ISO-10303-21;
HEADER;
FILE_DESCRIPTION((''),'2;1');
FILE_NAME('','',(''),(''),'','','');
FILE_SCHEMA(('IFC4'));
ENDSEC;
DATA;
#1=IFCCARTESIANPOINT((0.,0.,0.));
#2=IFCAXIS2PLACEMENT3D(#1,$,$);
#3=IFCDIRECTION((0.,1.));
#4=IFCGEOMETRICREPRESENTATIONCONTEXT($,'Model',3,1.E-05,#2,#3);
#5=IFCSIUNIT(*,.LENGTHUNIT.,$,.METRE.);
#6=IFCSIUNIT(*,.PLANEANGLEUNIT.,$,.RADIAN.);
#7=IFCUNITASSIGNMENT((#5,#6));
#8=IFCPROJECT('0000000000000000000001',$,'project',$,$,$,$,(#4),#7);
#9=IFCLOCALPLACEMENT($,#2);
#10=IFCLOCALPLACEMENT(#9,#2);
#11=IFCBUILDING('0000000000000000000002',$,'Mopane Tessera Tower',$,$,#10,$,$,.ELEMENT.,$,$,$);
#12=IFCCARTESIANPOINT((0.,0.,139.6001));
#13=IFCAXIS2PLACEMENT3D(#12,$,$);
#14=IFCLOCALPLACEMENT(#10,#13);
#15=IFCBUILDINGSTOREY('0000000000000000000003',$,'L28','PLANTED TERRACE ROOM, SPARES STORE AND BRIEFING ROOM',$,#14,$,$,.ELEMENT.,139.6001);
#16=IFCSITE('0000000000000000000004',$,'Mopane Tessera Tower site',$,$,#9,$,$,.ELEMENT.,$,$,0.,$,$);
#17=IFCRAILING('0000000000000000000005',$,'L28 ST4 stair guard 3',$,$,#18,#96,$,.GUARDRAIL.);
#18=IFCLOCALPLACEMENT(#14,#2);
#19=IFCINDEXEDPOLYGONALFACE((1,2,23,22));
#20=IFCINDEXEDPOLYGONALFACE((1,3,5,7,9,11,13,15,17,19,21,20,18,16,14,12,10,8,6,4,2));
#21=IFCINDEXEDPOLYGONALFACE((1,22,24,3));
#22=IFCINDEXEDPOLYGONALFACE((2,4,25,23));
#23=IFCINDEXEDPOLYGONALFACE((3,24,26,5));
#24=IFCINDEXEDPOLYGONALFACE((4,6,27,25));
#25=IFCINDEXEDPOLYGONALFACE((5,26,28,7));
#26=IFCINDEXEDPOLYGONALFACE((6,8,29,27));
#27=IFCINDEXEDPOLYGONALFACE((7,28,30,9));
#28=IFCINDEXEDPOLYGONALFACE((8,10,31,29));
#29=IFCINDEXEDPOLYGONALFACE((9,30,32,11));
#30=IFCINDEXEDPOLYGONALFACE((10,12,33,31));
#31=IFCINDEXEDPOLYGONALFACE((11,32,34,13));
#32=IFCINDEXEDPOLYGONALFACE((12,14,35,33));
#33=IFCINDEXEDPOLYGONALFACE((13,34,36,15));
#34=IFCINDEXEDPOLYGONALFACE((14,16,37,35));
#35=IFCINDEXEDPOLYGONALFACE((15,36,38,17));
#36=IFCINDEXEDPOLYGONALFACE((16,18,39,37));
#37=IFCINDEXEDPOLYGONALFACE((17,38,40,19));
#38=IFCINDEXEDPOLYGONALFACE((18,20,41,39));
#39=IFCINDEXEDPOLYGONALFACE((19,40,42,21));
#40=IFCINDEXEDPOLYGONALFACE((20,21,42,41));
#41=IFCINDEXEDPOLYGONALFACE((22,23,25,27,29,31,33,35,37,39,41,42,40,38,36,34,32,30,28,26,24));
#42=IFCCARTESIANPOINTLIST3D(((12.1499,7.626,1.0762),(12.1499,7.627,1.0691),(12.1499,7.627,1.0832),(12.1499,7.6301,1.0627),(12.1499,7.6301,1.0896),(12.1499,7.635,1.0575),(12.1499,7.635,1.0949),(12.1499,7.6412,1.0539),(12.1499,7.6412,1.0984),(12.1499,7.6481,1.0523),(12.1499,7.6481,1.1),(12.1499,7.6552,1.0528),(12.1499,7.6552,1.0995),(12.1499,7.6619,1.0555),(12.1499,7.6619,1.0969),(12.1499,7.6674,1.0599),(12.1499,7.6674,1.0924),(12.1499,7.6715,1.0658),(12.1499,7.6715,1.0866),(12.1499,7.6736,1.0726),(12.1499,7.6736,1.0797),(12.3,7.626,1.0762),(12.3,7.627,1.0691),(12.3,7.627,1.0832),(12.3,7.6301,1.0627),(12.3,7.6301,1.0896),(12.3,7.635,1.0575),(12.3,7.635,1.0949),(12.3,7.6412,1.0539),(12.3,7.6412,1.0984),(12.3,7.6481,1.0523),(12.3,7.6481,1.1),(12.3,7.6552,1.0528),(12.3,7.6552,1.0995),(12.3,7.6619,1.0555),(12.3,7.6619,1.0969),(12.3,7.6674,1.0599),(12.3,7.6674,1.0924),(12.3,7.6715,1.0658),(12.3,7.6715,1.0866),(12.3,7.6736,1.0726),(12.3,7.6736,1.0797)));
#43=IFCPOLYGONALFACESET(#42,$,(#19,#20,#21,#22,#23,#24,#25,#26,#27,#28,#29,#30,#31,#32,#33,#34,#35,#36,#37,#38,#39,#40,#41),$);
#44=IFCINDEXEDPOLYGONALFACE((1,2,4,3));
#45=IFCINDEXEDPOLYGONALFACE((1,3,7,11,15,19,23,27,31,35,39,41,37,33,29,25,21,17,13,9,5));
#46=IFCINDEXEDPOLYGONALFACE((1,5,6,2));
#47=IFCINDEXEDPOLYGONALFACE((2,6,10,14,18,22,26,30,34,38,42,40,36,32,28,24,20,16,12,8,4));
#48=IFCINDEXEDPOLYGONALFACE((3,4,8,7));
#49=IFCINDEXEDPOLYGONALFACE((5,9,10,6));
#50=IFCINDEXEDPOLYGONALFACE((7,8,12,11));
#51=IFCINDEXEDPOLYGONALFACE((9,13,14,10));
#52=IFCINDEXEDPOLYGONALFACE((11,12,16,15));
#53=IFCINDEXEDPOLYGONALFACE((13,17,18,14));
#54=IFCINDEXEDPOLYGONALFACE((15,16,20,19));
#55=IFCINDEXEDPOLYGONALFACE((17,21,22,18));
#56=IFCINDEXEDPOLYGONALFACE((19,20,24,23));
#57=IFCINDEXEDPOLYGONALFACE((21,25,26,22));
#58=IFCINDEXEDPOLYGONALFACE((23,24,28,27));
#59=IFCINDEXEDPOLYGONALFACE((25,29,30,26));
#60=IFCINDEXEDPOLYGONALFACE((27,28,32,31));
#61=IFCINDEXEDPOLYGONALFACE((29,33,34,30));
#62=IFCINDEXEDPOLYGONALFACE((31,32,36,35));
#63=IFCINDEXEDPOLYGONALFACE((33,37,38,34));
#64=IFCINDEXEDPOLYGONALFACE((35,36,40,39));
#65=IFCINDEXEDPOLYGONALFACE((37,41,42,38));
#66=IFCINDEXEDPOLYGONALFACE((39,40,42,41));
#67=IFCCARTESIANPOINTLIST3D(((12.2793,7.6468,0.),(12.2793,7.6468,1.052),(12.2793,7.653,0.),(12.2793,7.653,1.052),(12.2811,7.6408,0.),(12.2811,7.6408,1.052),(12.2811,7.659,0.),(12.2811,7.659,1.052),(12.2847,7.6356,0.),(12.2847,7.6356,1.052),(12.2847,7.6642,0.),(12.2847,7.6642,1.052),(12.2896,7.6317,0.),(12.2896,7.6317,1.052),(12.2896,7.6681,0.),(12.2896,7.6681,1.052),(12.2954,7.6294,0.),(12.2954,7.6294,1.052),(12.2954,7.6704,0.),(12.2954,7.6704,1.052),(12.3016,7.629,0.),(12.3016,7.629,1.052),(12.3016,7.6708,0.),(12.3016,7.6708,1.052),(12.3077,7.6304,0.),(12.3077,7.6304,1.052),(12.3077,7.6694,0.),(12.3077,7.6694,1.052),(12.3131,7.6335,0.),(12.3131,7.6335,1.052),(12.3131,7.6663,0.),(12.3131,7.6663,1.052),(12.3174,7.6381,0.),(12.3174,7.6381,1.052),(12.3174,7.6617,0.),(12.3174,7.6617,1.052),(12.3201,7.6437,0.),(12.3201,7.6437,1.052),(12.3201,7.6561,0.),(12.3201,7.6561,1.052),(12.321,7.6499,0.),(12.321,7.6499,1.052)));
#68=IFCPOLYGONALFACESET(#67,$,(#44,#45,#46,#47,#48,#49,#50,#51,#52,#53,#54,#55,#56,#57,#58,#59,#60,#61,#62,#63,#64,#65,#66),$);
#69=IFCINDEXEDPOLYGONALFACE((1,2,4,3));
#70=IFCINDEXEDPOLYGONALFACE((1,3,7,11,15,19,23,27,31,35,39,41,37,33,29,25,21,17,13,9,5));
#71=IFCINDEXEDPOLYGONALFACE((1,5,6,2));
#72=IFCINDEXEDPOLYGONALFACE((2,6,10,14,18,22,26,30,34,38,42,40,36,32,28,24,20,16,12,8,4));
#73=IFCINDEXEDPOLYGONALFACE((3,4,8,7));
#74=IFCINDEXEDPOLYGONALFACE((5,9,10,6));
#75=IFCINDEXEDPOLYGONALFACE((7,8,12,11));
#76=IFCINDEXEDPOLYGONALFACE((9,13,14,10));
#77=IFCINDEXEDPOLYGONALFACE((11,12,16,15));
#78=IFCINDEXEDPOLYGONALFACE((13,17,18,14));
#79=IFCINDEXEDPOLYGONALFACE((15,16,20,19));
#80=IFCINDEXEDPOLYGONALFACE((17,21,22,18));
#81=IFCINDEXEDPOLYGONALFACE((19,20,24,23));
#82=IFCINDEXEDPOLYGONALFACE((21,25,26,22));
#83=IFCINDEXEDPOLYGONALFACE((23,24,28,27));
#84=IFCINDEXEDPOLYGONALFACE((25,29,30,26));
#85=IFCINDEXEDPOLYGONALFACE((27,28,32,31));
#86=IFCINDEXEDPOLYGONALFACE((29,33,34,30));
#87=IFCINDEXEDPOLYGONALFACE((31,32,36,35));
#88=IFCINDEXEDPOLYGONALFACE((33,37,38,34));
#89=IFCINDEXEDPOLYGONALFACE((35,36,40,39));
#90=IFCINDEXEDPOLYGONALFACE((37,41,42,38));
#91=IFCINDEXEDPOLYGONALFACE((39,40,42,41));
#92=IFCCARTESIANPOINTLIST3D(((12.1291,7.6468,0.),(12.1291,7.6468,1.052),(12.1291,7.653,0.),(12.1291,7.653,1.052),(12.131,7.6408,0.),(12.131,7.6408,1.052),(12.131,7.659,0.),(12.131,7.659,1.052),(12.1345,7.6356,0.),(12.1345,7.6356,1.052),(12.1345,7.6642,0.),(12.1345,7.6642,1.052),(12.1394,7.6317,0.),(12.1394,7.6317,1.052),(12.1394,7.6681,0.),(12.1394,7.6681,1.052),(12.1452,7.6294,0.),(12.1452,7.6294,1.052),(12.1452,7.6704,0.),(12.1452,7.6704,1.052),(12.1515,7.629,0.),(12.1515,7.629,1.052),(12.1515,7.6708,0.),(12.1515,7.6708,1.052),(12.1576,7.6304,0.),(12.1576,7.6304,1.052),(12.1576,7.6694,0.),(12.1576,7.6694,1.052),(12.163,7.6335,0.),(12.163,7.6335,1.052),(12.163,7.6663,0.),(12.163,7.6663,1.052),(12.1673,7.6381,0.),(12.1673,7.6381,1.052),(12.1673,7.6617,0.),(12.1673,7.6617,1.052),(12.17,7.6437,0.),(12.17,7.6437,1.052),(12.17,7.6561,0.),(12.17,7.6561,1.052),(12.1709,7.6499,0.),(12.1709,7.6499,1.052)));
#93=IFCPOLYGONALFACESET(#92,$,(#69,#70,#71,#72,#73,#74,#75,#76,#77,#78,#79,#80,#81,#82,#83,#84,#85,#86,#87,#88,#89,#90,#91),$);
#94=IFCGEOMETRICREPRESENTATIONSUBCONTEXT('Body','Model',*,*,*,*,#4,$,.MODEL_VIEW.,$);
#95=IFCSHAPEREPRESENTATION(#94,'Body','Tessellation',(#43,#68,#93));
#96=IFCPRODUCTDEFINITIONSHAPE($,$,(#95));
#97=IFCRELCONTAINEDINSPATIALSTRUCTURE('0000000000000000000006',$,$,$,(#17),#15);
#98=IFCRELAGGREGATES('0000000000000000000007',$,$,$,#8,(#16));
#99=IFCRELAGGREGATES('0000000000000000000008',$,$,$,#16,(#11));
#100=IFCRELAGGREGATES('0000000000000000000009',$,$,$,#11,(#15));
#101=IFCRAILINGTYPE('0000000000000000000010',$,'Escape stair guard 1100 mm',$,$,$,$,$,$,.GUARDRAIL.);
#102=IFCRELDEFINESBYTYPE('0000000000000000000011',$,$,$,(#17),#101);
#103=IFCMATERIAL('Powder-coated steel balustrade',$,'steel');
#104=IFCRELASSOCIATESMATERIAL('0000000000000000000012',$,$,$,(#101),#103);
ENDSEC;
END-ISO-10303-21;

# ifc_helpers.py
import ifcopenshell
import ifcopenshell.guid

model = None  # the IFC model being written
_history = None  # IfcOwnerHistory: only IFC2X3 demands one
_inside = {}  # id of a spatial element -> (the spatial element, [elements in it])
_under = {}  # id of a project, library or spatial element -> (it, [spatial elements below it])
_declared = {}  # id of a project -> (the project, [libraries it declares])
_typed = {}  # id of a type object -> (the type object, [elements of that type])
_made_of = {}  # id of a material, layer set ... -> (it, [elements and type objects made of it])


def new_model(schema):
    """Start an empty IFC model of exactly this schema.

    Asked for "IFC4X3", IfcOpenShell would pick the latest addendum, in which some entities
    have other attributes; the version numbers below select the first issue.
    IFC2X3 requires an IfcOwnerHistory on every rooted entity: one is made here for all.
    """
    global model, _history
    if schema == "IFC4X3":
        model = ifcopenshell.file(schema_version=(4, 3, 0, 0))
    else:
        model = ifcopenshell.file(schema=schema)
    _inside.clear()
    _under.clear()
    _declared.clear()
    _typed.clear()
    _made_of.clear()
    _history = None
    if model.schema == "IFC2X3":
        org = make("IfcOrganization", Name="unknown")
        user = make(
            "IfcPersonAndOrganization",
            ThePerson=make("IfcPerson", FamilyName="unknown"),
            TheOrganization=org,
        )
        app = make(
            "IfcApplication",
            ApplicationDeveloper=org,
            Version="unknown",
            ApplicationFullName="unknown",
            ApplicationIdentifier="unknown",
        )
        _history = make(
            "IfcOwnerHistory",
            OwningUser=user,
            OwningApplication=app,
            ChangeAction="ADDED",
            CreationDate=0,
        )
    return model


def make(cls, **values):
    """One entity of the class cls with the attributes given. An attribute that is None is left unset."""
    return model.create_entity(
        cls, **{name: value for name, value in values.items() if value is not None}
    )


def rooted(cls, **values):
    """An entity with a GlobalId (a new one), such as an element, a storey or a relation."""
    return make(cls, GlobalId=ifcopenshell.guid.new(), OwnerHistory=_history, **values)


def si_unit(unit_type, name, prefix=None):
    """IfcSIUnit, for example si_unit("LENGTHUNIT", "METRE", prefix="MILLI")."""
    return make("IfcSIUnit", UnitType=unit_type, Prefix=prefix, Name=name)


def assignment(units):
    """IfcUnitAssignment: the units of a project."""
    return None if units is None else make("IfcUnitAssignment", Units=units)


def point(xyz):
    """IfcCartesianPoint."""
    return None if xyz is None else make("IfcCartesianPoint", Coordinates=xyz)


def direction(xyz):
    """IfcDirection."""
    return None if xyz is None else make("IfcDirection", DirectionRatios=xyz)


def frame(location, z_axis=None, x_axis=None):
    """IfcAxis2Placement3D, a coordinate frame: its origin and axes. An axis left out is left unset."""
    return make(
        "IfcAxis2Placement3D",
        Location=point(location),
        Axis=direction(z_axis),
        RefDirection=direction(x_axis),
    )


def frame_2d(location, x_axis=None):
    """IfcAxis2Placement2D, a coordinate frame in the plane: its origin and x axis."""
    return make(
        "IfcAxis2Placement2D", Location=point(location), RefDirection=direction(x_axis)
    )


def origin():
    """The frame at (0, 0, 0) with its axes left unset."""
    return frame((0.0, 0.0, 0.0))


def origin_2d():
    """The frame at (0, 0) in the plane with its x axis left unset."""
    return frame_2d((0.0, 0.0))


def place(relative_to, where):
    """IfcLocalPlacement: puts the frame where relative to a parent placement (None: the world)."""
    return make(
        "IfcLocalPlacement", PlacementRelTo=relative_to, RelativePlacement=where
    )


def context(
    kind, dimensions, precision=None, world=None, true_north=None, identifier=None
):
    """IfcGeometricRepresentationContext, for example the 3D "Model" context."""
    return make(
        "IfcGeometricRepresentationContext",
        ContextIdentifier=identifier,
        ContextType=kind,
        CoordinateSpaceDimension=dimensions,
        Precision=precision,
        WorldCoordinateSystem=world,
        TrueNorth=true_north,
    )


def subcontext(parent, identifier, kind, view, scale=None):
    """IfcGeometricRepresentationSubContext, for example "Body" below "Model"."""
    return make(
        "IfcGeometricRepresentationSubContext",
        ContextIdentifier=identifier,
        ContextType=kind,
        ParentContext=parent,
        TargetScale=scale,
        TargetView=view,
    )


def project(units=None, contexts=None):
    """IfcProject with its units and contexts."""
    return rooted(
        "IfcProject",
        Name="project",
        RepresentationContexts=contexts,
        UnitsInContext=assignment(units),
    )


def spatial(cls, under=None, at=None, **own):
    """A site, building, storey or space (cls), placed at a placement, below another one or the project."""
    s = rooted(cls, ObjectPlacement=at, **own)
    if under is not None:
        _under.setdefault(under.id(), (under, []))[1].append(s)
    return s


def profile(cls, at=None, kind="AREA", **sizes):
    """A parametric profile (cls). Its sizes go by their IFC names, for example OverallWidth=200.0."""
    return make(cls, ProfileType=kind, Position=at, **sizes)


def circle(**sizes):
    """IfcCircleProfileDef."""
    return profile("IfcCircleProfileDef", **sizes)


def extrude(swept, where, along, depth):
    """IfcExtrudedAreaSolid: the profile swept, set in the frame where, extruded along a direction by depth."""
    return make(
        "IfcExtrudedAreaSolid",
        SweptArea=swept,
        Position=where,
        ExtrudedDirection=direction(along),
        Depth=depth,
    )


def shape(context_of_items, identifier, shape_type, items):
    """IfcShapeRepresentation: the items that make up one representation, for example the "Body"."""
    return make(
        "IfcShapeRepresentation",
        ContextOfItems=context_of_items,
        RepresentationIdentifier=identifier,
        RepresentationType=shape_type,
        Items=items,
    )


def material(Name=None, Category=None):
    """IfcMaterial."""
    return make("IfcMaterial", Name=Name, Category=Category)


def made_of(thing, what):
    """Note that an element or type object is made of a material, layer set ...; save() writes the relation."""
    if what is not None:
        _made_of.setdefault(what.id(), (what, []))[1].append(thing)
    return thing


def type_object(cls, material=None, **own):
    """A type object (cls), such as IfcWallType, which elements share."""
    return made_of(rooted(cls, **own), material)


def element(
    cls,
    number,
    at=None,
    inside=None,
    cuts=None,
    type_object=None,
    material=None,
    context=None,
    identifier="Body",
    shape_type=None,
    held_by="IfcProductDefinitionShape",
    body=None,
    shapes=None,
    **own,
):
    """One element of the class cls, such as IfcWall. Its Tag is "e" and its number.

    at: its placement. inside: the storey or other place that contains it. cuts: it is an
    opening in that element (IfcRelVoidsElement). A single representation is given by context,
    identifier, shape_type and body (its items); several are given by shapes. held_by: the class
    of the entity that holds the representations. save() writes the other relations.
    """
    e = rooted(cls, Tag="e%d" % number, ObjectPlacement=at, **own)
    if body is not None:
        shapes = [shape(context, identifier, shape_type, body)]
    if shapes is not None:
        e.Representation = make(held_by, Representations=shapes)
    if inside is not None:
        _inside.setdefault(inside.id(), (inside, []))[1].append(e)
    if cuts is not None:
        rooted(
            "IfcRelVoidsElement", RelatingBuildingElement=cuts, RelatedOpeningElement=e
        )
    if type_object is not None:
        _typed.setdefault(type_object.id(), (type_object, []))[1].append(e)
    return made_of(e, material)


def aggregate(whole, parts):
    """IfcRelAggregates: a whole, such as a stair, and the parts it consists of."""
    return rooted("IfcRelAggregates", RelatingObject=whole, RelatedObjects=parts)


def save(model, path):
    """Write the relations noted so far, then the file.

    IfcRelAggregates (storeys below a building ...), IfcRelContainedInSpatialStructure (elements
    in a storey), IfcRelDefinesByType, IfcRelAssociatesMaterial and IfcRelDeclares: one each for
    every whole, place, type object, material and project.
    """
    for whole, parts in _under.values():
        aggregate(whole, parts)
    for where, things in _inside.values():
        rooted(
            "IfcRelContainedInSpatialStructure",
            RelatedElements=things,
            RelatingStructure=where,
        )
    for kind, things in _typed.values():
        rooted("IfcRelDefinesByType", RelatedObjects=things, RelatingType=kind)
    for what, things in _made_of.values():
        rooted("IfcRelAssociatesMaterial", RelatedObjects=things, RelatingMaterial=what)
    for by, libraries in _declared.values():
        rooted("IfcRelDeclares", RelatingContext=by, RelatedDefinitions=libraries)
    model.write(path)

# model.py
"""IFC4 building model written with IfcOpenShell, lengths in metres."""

from ifc_helpers import new_model, si_unit, direction, frame, origin, origin_2d, place, context, subcontext, project, spatial, circle, extrude, material, type_object, element, save


model = new_model("IFC4")

# Units and contexts
model_context = context("Model", 3, precision=1e-05, world=origin(), true_north=direction((0.0, 1.0)))
body_context = subcontext(model_context, "Body", "Model", "MODEL_VIEW")
ifc_project = project(units=[si_unit("LENGTHUNIT", "METRE"), si_unit("PLANEANGLEUNIT", "RADIAN")], contexts=[model_context])

# Site, building, storey
site_placement = place(None, origin())
site = spatial("IfcSite", under=ifc_project, at=site_placement, Name="Mopane Tessera Tower site", CompositionType="ELEMENT", RefElevation=0.0)
building_placement = place(site_placement, origin())
building = spatial("IfcBuilding", under=site, at=building_placement, Name="Mopane Tessera Tower", CompositionType="ELEMENT")
storey_placement = place(building_placement, frame((0.0, 0.0, 139.6001)))
storey = spatial("IfcBuildingStorey", under=building, at=storey_placement, Name="L28", Description="PLANTED TERRACE ROOM, SPARES STORE AND BRIEFING ROOM", CompositionType="ELEMENT", Elevation=139.6001)

# Railing
ifc_material_1 = material(Name="Powder-coated steel balustrade", Category="steel")
railing_type_1 = type_object("IfcRailingType", Name="Escape stair guard 1100 mm", PredefinedType="GUARDRAIL", material=ifc_material_1)
railing_1_placement = place(storey_placement, frame((12.3, 7.6499, 0.0)))
element("IfcRailing", 1, at=railing_1_placement, inside=storey, type_object=railing_type_1, Name="L28 ST4 stair guard 3", PredefinedType="GUARDRAIL", context=body_context, shape_type="SweptSolid", body=[
    extrude(circle(Radius=0.0239, at=origin_2d()), frame((0.0, 0.0, 1.0762), z_axis=(-1.0, 0.0, 0.0), x_axis=(0.0, -1.0, 0.0)), (0.0, 0.0, 1.0), 0.1501),
    extrude(circle(Radius=0.021, at=origin_2d()), origin(), (0.0, 0.0, 1.0), 1.052),
    extrude(circle(Radius=0.021, at=origin_2d()), frame((-0.1501, 0.0, 0.0)), (0.0, 0.0, 1.0), 1.052),
])

save(model, "model.ifc")
